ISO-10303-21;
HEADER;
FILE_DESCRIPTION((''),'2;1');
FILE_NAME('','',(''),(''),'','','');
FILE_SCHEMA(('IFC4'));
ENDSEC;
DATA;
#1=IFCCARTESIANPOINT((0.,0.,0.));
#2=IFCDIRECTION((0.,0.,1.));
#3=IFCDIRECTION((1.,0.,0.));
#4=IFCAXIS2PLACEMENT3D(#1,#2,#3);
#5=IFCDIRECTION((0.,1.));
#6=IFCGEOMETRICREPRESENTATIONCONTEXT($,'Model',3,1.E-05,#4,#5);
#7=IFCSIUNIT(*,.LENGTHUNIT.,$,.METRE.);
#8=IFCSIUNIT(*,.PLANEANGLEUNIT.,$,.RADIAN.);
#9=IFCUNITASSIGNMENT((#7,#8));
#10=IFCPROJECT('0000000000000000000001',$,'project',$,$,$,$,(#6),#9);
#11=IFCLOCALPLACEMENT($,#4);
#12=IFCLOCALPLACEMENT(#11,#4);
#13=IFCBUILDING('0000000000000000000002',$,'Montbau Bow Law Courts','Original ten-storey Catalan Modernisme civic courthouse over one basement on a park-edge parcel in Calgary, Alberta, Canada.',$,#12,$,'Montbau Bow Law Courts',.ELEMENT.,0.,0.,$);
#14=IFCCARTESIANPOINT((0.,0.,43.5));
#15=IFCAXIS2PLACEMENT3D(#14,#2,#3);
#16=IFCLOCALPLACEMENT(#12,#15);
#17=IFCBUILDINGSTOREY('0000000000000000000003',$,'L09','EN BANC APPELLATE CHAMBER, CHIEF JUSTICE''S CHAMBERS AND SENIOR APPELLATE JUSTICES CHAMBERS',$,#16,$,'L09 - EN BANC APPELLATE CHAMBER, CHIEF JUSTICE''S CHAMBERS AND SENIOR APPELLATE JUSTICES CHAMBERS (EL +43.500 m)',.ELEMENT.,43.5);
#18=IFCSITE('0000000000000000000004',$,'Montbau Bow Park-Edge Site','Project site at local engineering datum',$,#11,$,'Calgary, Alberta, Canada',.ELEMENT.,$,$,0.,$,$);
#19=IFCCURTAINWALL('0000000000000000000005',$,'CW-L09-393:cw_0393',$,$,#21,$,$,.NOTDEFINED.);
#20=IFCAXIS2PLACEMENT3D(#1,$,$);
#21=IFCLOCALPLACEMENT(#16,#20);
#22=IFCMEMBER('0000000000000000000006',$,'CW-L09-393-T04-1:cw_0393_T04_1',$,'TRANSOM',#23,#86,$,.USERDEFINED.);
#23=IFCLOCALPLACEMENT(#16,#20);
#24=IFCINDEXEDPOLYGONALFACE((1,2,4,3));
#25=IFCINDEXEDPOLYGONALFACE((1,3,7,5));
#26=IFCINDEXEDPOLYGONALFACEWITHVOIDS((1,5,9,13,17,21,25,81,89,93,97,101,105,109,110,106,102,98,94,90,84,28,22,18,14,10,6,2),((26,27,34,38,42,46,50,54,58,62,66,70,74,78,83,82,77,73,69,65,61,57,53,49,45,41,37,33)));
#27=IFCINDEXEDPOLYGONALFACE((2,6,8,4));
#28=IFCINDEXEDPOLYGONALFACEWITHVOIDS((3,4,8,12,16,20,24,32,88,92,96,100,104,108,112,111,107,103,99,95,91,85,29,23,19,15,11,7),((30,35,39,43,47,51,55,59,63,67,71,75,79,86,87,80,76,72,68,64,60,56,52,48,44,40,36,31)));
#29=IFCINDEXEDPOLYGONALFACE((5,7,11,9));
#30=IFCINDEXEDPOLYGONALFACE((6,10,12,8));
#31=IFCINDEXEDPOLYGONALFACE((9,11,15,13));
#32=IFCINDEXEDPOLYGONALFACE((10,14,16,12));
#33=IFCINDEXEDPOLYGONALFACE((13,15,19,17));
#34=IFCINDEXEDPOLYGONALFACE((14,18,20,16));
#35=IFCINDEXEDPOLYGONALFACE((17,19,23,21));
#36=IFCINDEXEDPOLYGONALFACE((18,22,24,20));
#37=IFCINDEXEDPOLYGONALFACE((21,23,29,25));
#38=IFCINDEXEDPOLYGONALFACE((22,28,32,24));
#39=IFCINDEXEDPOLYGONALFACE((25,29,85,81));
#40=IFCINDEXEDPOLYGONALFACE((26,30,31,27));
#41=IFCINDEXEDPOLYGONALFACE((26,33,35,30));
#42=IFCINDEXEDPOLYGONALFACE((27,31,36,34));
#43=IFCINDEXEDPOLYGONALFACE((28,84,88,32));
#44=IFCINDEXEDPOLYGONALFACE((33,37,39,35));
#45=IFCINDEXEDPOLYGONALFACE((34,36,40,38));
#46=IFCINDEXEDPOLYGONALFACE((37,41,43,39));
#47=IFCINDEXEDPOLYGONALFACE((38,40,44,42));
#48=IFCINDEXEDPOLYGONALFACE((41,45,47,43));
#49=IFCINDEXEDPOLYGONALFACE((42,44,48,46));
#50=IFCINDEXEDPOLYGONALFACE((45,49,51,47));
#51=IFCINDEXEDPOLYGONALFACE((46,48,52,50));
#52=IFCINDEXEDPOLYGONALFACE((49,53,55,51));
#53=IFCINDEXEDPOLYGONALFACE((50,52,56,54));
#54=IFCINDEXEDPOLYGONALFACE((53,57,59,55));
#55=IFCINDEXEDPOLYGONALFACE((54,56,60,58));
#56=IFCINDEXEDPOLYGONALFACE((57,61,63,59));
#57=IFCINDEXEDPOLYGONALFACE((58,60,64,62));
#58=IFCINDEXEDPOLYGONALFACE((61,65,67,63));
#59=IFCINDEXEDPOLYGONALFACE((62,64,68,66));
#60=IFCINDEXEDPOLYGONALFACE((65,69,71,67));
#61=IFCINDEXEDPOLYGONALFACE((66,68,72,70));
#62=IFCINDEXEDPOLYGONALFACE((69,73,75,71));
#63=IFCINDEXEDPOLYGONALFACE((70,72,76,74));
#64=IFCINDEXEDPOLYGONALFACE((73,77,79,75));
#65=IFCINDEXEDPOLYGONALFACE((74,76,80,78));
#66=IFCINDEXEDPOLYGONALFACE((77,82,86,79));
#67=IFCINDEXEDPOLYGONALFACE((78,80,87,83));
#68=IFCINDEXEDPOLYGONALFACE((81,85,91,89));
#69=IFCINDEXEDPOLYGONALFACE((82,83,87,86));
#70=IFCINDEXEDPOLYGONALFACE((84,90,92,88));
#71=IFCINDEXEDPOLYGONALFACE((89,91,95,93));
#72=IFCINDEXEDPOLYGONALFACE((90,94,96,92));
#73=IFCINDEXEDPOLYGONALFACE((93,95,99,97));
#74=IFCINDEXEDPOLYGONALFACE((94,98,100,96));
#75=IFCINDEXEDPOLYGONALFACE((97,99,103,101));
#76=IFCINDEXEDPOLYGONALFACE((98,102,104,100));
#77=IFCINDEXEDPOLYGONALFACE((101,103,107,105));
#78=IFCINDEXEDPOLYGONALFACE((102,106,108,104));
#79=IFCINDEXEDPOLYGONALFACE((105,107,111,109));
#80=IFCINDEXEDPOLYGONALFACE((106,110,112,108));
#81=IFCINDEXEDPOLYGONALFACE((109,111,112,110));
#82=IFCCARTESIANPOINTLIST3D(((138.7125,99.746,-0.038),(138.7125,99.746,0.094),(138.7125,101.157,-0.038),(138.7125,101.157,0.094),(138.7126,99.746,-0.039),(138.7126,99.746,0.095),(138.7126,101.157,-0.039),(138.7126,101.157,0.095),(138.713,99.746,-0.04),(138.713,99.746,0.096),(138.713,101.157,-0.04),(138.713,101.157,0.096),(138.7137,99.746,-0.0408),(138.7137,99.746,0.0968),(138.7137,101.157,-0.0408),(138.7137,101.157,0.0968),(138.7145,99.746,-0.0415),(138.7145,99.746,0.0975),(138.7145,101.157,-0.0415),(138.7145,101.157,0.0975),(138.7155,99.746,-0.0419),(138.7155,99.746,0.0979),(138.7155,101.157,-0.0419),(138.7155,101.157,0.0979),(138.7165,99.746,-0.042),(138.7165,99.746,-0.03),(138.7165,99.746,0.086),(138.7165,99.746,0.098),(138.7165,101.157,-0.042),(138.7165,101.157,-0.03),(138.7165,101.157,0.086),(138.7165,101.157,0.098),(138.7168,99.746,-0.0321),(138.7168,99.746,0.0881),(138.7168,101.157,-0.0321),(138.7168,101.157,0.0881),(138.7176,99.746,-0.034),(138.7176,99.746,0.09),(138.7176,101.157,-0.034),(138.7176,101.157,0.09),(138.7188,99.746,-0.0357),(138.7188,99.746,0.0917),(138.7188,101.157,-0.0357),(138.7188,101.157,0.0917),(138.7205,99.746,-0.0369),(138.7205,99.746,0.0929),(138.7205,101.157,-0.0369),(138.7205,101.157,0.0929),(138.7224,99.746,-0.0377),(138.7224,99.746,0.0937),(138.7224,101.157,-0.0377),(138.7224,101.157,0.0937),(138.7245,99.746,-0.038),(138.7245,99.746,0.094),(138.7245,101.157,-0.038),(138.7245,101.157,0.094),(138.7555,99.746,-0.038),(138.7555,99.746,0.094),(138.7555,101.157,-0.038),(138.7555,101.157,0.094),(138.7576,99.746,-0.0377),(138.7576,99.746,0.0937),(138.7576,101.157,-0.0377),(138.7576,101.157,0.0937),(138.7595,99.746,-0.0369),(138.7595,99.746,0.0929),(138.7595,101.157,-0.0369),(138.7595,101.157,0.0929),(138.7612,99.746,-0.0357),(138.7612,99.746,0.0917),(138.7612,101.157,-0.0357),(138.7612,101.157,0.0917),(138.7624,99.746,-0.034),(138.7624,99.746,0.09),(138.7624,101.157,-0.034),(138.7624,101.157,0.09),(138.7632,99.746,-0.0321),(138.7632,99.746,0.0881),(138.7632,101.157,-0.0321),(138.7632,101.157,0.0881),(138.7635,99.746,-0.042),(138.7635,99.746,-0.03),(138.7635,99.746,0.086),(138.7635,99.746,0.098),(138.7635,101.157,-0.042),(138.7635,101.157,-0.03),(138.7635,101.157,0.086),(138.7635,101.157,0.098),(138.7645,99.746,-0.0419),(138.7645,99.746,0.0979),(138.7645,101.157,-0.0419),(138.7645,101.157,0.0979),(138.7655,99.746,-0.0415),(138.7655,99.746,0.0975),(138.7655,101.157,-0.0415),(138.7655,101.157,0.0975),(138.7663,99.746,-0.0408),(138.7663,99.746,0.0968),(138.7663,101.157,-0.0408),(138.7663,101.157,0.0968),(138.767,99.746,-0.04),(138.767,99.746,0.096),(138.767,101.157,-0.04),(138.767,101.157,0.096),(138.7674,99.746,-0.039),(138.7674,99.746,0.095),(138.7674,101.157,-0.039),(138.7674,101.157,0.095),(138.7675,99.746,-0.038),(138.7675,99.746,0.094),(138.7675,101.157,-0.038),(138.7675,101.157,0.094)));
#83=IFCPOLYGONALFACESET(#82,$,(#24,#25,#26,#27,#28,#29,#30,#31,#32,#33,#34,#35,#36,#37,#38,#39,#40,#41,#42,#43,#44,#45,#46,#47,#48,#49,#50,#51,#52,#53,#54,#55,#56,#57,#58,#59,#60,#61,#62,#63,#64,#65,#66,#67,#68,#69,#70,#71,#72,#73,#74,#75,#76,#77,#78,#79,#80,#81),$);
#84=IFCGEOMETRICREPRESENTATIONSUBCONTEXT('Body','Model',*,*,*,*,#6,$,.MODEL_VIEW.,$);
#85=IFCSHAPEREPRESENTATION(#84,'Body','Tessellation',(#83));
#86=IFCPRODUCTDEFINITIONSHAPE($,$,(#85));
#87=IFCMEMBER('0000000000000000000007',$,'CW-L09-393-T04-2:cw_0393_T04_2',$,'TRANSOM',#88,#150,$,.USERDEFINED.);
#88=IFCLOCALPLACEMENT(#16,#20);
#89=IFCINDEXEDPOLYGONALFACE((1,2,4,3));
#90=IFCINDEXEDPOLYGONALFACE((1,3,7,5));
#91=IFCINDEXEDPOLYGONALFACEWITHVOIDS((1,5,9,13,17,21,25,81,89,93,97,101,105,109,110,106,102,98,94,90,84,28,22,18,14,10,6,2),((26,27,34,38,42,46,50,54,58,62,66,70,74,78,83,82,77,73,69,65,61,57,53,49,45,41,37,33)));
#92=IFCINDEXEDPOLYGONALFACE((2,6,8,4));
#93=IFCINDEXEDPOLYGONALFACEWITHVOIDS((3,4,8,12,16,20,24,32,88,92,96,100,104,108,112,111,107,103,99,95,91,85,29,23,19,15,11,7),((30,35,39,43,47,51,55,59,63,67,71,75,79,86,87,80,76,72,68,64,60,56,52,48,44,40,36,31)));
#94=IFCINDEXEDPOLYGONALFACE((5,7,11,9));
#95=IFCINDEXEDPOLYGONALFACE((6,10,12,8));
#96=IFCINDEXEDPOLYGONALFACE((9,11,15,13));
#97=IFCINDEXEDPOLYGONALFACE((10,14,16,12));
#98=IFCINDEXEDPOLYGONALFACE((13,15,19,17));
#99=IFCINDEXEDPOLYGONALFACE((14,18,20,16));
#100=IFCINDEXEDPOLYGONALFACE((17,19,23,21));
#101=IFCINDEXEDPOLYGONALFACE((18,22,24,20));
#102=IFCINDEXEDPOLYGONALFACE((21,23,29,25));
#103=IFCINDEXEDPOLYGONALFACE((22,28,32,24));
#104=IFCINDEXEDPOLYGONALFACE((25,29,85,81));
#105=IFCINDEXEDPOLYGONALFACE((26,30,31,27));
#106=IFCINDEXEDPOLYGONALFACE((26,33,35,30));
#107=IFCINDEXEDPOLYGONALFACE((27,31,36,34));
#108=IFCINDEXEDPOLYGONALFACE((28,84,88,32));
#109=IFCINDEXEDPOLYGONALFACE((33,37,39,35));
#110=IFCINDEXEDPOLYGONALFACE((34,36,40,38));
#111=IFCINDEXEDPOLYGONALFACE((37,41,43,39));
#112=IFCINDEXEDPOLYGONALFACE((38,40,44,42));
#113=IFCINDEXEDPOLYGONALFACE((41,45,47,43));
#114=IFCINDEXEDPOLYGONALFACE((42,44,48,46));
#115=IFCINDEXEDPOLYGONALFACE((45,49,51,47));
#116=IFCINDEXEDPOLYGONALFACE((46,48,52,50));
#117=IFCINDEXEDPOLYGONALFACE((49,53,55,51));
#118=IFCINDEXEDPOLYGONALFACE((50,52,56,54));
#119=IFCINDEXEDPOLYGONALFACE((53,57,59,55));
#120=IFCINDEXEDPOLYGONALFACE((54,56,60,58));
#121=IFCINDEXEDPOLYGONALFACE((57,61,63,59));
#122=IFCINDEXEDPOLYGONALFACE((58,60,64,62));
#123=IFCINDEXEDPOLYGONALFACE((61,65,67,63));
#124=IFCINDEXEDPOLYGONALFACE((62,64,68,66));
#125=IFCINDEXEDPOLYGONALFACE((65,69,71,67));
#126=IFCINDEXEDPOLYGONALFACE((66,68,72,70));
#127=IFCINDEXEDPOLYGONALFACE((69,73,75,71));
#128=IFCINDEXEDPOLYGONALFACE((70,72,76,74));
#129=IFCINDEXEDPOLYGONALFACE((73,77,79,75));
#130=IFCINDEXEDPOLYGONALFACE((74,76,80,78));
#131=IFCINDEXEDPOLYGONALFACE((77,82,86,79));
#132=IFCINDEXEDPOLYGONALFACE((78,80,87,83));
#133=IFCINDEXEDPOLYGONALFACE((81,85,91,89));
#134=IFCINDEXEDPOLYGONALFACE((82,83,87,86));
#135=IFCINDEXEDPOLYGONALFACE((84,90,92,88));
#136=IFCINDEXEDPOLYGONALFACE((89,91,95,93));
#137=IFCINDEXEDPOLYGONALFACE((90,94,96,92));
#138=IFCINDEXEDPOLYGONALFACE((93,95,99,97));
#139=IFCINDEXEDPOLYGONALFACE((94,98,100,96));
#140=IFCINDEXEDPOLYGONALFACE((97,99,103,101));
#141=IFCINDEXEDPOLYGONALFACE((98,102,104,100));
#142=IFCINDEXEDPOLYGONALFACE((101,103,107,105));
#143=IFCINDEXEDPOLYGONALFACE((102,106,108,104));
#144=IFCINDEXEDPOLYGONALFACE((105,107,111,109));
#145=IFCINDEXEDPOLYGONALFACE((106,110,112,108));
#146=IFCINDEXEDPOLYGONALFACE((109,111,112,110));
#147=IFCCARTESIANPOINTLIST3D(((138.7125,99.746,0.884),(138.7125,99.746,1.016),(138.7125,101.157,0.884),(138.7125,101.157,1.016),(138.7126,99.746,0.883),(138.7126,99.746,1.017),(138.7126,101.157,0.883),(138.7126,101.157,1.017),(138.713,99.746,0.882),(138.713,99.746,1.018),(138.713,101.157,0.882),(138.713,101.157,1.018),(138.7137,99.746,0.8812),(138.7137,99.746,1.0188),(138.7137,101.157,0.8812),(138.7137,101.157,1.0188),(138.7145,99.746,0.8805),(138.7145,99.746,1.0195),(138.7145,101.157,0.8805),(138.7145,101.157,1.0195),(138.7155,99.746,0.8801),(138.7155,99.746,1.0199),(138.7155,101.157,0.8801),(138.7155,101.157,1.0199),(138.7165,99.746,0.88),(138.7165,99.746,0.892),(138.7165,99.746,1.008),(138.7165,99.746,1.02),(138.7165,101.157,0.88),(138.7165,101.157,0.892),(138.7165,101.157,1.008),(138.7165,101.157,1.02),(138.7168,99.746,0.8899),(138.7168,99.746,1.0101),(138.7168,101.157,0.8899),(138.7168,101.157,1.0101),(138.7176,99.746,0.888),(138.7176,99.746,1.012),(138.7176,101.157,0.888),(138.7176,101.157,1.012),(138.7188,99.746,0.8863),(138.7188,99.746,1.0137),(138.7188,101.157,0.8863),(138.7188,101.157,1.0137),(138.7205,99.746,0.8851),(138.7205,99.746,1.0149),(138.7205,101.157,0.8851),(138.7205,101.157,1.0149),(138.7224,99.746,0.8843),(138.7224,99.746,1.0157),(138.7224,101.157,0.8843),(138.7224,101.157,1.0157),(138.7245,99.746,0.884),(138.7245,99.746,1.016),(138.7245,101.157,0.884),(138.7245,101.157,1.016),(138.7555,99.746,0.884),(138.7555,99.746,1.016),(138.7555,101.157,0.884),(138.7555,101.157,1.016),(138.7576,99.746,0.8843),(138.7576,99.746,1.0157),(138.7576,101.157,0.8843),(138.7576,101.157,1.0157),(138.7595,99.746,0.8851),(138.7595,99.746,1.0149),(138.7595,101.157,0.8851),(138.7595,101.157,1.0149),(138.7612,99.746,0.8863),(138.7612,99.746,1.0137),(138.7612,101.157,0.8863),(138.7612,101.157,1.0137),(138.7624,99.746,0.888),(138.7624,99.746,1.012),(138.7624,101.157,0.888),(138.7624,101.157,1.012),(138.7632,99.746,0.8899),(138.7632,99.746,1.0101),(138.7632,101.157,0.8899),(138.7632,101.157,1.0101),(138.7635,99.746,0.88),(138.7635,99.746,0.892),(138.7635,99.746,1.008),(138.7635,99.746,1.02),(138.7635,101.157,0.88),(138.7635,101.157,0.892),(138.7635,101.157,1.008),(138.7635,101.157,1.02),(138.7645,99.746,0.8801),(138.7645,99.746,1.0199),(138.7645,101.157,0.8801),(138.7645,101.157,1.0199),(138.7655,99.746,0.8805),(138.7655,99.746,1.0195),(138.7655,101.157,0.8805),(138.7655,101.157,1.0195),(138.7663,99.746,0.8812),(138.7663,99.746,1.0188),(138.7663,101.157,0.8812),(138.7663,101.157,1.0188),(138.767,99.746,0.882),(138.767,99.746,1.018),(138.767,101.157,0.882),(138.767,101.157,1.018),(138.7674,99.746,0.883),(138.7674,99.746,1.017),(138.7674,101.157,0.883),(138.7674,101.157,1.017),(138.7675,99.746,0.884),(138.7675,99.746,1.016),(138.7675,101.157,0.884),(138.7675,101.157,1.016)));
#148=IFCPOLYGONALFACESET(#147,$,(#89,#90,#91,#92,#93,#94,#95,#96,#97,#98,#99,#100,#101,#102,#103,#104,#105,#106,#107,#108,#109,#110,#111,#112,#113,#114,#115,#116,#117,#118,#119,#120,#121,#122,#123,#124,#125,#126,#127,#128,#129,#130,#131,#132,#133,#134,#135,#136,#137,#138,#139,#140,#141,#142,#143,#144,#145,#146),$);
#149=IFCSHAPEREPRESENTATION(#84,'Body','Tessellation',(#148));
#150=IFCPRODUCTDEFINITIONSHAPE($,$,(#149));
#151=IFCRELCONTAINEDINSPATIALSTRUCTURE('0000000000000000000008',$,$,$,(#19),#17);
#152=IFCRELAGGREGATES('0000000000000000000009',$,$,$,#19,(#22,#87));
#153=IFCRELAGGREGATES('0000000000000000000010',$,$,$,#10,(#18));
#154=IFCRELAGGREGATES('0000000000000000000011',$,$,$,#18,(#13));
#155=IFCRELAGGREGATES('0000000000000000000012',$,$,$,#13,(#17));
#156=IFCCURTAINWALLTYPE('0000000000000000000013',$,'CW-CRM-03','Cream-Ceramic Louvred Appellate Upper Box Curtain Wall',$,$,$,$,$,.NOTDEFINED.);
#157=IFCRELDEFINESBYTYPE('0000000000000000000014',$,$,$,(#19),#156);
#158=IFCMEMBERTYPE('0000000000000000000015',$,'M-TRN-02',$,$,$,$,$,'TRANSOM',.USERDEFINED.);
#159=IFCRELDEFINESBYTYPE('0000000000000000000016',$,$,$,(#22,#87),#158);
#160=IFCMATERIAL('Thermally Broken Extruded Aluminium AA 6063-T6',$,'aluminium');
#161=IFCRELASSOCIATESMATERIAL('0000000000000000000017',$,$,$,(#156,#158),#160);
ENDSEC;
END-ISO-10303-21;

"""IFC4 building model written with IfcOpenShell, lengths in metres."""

from ifc_helpers import new_model, si_unit, direction, frame, origin_with_axes, origin_2d_with_axis, place, context, subcontext, project, spatial, hollow_rectangle, extrude, material, material_profile, profile_set, type_object, element, aggregate, save


model = new_model("IFC4")

# Units and contexts
model_context = context("Model", 3, precision=1e-05, world=origin_with_axes(), true_north=direction((0.0, 1.0)))
body_context = subcontext(model_context, "Body", "Model", "MODEL_VIEW")
ifc_project = project(units=[si_unit("LENGTHUNIT", "METRE"), si_unit("PLANEANGLEUNIT", "RADIAN")], contexts=[model_context])

# Site, building, storey
site_placement = place(None, origin_with_axes())
site = spatial("IfcSite", under=ifc_project, at=site_placement, Name="Montbau Bow Park-Edge Site", Description="Project site at local engineering datum", LongName="Calgary, Alberta, Canada", CompositionType="ELEMENT", RefElevation=0.0)
building_placement = place(site_placement, origin_with_axes())
building = spatial("IfcBuilding", under=site, at=building_placement, Name="Montbau Bow Law Courts", Description="Original ten-storey Catalan Modernisme civic courthouse over one basement on a park-edge parcel in Calgary, Alberta, Canada.", LongName="Montbau Bow Law Courts", CompositionType="ELEMENT", ElevationOfRefHeight=0.0, ElevationOfTerrain=0.0)
storey_placement = place(building_placement, frame((0.0, 0.0, 43.5), z_axis=(0.0, 0.0, 1.0), x_axis=(1.0, 0.0, 0.0)))
storey = spatial("IfcBuildingStorey", under=building, at=storey_placement, Name="L09", Description="EN BANC APPELLATE CHAMBER, CHIEF JUSTICE'S CHAMBERS AND SENIOR APPELLATE JUSTICES CHAMBERS", LongName="L09 - EN BANC APPELLATE CHAMBER, CHIEF JUSTICE'S CHAMBERS AND SENIOR APPELLATE JUSTICES CHAMBERS (EL +43.500 m)", CompositionType="ELEMENT", Elevation=43.5)

# Curtain wall, members
ifc_material_1 = material(Name="Thermally Broken Extruded Aluminium AA 6063-T6", Category="aluminium")
curtain_wall_type = type_object("IfcCurtainWallType", Name="CW-CRM-03", Description="Cream-Ceramic Louvred Appellate Upper Box Curtain Wall", PredefinedType="NOTDEFINED", material=ifc_material_1)
curtain_wall_placement = place(None, frame((138.74, 95.24, 43.5), z_axis=(0.0, 0.0, 1.0), x_axis=(1.0, 0.0, 0.0)))
curtain_wall = element("IfcCurtainWall", 1, at=curtain_wall_placement, inside=storey, type_object=curtain_wall_type, Name="CW-L09-393:cw_0393", PredefinedType="NOTDEFINED")
ifc_material_profile_1 = material_profile(ifc_material_1, hollow_rectangle(XDim=0.055, YDim=0.14, WallThickness=0.004, InnerFilletRadius=0.008, OuterFilletRadius=0.004, at=origin_2d_with_axis()), Name="CWT-140X55", Category="Main", Priority=0)
ifc_profile_set_1 = profile_set([ifc_material_profile_1], Name="Thermally Broken Extruded Aluminium AA 6063-T6")
member_type_1 = type_object("IfcMemberType", Name="M-TRN-02", ElementType="TRANSOM", PredefinedType="USERDEFINED", material=ifc_profile_set_1)
member_1_placement = place(None, frame((138.74, 99.746, 43.528), z_axis=(0.0, 1.0, 0.0), x_axis=(-1.0, 0.0, 0.0)))
member_1 = element("IfcMember", 2, at=member_1_placement, type_object=member_type_1, Name="CW-L09-393-T04-1:cw_0393_T04_1", ObjectType="TRANSOM", PredefinedType="USERDEFINED", context=body_context, shape_type="SweptSolid", body=[
    extrude(hollow_rectangle(XDim=0.055, YDim=0.14, WallThickness=0.004, InnerFilletRadius=0.008, OuterFilletRadius=0.004, at=origin_2d_with_axis()), origin_with_axes(), (0.0, 0.0, 1.0), 1.411),
])
member_2_placement = place(None, frame((138.74, 99.746, 44.45), z_axis=(0.0, 1.0, 0.0), x_axis=(-1.0, 0.0, 0.0)))
member_2 = element("IfcMember", 3, at=member_2_placement, type_object=member_type_1, Name="CW-L09-393-T04-2:cw_0393_T04_2", ObjectType="TRANSOM", PredefinedType="USERDEFINED", context=body_context, shape_type="SweptSolid", body=[
    extrude(hollow_rectangle(XDim=0.055, YDim=0.14, WallThickness=0.004, InnerFilletRadius=0.008, OuterFilletRadius=0.004, at=origin_2d_with_axis()), origin_with_axes(), (0.0, 0.0, 1.0), 1.411),
])
aggregate(curtain_wall, [member_1, member_2])

save(model, "model.ifc")
